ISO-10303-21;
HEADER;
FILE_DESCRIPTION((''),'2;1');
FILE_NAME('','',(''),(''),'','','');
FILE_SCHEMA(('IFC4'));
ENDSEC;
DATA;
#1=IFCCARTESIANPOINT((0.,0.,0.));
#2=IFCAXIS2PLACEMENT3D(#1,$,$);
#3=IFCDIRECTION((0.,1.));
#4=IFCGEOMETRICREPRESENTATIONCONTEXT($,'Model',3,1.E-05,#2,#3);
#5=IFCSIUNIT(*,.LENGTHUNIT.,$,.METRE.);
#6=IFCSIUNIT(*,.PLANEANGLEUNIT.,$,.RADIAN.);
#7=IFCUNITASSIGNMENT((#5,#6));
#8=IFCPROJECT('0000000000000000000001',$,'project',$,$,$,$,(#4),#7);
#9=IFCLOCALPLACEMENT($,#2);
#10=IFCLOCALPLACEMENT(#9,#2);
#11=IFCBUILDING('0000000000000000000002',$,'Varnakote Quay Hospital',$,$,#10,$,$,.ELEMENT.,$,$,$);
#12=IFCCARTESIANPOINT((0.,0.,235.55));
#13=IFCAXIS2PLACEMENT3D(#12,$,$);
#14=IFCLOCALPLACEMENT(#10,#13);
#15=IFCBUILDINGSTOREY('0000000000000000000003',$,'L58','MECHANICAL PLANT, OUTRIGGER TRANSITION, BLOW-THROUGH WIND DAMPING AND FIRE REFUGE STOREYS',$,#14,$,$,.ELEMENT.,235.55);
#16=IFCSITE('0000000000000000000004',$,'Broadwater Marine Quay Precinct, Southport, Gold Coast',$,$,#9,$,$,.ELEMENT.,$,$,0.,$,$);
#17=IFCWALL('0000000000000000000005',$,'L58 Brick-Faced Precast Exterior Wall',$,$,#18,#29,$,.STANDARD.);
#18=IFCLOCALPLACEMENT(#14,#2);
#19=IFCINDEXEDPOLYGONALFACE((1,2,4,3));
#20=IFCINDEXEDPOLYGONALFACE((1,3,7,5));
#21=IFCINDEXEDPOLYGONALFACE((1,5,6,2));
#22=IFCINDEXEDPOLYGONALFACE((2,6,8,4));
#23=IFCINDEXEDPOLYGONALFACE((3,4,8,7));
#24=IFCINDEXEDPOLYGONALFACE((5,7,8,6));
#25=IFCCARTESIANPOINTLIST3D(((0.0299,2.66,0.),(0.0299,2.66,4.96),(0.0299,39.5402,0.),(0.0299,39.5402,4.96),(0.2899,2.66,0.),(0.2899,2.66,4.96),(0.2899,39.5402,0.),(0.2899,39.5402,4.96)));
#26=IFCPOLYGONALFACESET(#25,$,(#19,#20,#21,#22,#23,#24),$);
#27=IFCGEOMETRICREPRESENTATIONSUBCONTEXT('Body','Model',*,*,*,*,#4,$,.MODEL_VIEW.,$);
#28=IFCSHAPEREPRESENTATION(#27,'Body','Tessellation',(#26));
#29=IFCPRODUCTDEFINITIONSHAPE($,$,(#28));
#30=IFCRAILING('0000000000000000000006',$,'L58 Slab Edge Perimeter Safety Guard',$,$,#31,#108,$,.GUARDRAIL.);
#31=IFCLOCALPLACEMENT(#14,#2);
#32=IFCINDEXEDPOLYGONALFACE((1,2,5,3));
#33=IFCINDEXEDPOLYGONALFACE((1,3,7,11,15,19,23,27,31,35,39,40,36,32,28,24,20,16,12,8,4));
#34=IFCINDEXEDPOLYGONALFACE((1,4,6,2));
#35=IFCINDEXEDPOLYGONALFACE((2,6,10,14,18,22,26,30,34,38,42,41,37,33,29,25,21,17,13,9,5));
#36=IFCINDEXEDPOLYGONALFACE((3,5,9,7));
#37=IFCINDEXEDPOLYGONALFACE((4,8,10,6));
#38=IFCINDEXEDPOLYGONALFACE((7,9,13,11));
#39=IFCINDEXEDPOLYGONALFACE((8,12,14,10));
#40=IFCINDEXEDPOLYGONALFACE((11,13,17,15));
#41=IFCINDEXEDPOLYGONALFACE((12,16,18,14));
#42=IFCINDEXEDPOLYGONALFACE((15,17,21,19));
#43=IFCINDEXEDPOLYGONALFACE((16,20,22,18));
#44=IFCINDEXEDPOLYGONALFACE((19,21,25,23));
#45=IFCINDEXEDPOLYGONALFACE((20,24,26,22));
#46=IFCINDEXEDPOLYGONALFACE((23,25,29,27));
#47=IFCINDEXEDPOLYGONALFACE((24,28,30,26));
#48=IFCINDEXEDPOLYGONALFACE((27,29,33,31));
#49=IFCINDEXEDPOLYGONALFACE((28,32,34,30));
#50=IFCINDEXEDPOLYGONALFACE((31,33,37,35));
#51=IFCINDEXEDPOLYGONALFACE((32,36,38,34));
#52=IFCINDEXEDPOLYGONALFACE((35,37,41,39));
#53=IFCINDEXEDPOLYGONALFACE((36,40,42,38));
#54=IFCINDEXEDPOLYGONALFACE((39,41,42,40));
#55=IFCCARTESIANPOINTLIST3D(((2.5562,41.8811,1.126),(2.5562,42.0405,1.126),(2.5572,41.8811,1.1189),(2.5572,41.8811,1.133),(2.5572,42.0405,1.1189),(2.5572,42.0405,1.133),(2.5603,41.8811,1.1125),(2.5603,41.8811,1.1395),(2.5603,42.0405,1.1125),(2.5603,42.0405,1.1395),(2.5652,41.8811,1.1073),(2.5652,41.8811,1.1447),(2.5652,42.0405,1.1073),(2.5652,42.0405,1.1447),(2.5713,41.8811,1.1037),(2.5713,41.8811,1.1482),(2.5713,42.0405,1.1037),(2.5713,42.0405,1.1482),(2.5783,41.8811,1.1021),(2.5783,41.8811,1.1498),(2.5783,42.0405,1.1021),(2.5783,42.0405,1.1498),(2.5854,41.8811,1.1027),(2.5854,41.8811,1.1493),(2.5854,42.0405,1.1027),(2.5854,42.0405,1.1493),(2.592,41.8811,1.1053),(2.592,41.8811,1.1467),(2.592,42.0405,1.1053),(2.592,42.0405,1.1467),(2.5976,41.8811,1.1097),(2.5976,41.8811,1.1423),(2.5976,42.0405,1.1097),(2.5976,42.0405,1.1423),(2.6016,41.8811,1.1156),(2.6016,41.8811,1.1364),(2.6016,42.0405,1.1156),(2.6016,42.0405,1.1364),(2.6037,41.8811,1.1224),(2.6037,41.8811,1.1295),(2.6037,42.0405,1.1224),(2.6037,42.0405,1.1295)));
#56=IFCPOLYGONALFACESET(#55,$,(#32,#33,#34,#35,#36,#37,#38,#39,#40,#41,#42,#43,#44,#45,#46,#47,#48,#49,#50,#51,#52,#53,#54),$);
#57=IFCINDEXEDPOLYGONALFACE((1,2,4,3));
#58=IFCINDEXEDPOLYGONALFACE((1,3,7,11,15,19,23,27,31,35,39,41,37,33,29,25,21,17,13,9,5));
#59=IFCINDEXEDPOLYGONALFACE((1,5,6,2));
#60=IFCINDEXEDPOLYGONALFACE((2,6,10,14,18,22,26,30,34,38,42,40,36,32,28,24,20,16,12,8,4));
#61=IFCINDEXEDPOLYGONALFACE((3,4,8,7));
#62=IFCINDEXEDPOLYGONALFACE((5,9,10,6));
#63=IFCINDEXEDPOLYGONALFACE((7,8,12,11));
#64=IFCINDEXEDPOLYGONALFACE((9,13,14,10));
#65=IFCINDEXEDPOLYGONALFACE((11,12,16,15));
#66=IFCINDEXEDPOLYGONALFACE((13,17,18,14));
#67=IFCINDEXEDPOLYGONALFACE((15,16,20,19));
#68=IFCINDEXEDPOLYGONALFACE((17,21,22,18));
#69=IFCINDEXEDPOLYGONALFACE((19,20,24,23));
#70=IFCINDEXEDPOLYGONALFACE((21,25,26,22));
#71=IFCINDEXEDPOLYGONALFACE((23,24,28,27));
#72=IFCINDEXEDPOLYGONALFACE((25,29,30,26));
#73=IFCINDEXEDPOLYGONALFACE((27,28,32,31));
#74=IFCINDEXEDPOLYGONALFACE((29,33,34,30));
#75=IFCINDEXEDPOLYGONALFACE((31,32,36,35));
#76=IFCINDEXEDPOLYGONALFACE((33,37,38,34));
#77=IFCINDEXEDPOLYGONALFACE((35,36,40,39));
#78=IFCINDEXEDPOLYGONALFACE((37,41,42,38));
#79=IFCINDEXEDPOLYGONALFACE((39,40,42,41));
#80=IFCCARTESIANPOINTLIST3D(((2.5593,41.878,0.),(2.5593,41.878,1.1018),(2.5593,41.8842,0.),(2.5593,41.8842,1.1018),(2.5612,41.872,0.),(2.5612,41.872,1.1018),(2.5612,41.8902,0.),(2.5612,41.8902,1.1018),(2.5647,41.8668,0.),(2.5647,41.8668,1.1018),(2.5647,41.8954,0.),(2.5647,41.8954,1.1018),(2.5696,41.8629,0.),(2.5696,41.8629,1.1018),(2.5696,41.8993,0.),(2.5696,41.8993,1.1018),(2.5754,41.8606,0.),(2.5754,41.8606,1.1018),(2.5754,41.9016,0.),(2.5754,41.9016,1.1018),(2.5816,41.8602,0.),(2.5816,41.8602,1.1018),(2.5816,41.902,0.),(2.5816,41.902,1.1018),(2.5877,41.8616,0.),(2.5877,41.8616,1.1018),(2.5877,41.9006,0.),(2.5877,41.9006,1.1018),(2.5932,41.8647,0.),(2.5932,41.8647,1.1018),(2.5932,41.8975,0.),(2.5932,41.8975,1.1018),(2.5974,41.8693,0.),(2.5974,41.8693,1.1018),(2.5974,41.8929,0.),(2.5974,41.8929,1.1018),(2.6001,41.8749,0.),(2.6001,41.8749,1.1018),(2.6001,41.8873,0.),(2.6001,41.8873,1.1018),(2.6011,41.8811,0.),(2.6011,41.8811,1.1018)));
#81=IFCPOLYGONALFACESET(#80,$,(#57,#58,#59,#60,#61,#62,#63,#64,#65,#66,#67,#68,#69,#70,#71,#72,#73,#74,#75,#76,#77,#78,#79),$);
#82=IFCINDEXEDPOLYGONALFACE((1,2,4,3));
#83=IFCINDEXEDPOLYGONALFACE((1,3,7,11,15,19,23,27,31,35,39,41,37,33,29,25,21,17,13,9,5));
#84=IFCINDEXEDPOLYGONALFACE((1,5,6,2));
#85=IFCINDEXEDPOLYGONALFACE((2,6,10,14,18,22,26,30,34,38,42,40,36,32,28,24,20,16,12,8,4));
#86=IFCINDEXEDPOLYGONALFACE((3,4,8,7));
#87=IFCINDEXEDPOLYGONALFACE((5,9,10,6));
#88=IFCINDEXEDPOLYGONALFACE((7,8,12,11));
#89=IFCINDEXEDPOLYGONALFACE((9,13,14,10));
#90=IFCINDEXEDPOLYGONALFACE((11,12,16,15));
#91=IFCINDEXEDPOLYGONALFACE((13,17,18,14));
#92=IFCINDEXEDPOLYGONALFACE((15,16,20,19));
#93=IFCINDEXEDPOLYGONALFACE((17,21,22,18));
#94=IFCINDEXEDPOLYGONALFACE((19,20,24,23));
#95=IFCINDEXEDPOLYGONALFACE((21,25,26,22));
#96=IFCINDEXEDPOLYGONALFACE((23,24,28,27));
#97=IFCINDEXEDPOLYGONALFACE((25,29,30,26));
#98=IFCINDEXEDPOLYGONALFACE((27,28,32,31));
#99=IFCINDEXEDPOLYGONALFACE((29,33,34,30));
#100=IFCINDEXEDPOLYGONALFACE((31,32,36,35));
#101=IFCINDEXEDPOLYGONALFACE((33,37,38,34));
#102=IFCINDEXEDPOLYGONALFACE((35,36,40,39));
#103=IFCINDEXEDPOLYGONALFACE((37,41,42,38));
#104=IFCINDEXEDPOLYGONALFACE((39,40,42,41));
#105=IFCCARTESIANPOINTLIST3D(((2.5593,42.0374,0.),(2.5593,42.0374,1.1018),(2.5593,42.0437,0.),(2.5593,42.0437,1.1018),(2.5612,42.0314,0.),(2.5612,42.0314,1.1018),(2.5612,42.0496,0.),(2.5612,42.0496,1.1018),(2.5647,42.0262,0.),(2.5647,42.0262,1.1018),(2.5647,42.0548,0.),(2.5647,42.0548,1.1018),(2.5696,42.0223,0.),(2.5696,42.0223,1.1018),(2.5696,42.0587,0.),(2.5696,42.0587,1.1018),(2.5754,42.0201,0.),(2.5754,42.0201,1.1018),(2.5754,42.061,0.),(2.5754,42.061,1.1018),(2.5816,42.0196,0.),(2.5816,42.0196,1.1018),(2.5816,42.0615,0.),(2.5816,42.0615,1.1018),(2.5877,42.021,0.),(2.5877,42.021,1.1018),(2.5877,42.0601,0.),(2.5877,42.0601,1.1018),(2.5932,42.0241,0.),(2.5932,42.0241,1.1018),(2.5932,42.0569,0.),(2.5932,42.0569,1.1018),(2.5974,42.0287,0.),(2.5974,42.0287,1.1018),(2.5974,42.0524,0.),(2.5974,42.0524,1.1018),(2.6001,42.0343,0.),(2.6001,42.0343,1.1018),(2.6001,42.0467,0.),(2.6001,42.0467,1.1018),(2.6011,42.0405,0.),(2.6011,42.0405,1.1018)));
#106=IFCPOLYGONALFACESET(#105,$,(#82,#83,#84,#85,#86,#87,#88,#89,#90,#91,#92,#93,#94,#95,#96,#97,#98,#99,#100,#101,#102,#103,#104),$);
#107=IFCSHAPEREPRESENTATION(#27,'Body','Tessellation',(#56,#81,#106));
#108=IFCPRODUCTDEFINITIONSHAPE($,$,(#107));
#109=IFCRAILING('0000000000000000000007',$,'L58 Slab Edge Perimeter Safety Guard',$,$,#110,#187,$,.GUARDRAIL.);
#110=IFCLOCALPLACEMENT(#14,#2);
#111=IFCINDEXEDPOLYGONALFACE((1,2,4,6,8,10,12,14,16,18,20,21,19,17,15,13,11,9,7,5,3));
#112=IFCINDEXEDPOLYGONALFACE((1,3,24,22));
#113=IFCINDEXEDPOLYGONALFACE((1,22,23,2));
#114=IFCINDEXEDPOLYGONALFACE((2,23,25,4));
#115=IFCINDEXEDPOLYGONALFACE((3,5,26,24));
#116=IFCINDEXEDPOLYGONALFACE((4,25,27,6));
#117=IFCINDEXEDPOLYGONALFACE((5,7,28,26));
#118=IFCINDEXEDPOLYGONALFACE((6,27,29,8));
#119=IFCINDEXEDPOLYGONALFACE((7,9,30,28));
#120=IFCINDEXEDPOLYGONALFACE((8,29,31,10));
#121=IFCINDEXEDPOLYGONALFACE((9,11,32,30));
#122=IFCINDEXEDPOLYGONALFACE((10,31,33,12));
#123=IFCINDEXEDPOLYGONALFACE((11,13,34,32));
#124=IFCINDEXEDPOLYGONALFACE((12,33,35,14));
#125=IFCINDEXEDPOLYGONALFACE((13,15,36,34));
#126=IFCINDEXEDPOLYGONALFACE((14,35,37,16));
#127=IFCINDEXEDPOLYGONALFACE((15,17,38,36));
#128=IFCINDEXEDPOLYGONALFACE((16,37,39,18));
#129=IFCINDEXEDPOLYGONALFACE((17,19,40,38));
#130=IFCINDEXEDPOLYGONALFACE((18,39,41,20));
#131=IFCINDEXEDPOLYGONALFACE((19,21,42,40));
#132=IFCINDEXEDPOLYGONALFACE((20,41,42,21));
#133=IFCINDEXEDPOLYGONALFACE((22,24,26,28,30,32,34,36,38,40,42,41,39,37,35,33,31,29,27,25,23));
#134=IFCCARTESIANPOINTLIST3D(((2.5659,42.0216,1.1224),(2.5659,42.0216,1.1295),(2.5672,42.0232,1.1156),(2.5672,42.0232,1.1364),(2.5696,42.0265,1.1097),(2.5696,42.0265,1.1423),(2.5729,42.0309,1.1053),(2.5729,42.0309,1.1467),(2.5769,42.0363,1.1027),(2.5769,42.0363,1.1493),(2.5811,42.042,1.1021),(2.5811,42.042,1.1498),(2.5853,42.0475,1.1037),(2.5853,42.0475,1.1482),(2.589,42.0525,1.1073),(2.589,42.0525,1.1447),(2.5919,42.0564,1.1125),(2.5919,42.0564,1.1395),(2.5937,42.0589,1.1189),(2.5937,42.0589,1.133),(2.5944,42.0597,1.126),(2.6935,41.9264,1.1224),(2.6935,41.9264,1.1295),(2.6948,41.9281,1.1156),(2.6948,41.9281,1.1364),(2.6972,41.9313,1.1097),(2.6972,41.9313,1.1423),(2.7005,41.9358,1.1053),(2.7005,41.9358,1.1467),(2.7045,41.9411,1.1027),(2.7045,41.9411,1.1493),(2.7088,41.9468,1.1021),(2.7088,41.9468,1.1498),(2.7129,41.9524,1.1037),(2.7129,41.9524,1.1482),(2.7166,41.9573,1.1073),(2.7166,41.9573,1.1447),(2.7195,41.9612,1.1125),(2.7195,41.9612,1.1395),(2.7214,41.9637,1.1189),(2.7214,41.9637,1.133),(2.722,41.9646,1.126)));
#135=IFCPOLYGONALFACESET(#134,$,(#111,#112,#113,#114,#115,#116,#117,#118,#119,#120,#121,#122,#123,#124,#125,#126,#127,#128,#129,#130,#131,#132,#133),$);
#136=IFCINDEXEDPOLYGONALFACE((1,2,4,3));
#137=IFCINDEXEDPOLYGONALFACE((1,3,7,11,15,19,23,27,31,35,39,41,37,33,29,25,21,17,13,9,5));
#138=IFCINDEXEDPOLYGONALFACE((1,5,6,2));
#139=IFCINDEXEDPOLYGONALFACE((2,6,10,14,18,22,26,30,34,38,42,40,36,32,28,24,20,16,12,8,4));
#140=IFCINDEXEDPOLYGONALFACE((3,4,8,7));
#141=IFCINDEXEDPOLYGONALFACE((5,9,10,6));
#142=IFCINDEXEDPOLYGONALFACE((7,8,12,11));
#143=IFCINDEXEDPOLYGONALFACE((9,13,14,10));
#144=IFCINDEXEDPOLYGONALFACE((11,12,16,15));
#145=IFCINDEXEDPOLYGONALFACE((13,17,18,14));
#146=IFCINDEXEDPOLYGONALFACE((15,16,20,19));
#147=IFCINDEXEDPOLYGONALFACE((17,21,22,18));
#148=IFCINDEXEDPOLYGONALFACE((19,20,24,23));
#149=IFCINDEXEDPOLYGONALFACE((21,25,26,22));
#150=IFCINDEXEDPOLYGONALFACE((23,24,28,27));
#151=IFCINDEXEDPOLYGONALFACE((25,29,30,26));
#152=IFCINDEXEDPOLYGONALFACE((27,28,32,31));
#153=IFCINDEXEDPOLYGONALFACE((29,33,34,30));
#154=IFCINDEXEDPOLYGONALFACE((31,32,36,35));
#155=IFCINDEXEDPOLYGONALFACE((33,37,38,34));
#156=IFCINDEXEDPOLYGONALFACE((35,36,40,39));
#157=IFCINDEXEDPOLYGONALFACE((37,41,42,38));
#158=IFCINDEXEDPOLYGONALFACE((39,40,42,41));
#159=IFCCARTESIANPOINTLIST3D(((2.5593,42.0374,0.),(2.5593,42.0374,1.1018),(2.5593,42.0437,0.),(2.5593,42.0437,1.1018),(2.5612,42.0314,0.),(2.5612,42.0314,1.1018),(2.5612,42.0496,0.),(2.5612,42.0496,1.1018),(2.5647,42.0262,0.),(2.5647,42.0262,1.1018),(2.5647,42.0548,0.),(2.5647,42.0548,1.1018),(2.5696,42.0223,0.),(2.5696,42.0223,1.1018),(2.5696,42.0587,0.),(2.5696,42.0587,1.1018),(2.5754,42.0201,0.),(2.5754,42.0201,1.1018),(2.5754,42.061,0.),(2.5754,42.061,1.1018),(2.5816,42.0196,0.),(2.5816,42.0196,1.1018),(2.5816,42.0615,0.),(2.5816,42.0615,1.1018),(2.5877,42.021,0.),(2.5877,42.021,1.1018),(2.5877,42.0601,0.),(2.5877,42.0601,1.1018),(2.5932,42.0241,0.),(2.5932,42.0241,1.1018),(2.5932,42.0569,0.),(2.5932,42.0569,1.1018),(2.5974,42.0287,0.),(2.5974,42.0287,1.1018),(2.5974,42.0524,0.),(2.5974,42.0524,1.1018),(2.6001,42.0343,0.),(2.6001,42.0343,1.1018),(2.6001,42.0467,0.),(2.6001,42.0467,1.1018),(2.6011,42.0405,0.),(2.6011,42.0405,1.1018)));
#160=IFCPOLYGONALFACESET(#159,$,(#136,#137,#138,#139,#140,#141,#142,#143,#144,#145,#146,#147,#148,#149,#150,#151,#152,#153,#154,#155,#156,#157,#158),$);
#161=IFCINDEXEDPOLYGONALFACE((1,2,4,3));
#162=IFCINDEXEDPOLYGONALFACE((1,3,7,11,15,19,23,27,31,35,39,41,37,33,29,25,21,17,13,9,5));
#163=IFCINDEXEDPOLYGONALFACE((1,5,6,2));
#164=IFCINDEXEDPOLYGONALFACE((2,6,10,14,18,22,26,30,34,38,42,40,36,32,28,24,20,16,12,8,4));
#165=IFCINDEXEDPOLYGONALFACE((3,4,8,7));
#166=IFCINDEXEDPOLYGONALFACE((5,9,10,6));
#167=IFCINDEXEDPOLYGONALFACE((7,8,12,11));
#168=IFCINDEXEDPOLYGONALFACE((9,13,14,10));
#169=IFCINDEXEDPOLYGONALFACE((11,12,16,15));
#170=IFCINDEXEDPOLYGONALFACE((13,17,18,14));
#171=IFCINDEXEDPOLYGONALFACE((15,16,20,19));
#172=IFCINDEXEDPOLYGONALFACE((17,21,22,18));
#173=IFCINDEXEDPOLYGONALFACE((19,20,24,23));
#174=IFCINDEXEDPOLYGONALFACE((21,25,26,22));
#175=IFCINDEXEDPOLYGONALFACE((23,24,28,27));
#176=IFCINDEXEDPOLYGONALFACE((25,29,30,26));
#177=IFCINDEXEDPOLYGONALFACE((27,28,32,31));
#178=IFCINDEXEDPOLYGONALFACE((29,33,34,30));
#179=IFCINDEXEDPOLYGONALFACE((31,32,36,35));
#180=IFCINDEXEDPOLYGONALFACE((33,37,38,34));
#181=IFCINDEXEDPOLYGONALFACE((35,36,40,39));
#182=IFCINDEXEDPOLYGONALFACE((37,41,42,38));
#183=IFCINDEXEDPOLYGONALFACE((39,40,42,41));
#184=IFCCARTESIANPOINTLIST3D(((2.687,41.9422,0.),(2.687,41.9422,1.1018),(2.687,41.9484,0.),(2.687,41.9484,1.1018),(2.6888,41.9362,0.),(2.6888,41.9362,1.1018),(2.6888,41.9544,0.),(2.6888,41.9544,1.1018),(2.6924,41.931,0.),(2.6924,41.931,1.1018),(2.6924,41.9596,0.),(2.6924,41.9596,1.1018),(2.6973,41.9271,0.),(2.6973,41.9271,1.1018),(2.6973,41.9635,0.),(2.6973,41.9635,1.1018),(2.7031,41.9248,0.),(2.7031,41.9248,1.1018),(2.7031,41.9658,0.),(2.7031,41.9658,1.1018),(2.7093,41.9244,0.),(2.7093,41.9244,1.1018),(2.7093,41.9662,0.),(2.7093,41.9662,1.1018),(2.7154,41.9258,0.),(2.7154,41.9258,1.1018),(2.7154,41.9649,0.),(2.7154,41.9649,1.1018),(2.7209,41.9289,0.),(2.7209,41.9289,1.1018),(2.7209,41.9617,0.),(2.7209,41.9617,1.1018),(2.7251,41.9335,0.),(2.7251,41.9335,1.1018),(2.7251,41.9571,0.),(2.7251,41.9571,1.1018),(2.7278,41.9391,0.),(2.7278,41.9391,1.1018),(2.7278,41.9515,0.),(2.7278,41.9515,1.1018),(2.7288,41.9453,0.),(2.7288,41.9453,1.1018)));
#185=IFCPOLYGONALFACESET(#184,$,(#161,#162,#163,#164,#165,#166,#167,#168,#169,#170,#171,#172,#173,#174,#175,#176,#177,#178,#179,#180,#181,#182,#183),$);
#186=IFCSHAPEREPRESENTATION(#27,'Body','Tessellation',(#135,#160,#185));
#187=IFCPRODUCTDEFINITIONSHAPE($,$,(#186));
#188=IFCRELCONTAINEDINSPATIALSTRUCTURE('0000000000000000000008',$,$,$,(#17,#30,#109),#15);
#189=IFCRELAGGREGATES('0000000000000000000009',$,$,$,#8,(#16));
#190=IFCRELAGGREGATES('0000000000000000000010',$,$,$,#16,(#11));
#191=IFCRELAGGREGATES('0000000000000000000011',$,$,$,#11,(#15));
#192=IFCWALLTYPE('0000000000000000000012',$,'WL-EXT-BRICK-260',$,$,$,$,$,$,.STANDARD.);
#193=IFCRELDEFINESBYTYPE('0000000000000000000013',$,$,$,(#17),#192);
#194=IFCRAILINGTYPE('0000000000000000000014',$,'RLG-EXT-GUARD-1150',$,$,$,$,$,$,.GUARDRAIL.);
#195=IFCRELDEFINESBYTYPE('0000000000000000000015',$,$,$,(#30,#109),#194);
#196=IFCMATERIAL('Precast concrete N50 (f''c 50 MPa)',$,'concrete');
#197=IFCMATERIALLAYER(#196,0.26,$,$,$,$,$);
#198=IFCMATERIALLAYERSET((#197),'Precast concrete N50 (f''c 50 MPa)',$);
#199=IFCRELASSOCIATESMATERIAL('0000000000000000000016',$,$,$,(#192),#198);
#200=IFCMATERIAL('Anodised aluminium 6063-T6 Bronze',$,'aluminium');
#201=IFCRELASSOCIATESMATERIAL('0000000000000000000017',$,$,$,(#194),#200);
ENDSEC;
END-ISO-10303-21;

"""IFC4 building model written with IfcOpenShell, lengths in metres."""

from ifc_helpers import new_model, si_unit, direction, frame, frame_2d, origin, origin_2d, place, context, subcontext, project, spatial, rectangle, circle, extrude, material, layer, layer_set, type_object, element, save


model = new_model("IFC4")

# Units and contexts
model_context = context("Model", 3, precision=1e-05, world=origin(), true_north=direction((0.0, 1.0)))
body_context = subcontext(model_context, "Body", "Model", "MODEL_VIEW")
ifc_project = project(units=[si_unit("LENGTHUNIT", "METRE"), si_unit("PLANEANGLEUNIT", "RADIAN")], contexts=[model_context])

# Site, building, storey
site_placement = place(None, origin())
site = spatial("IfcSite", under=ifc_project, at=site_placement, Name="Broadwater Marine Quay Precinct, Southport, Gold Coast", CompositionType="ELEMENT", RefElevation=0.0)
building_placement = place(site_placement, origin())
building = spatial("IfcBuilding", under=site, at=building_placement, Name="Varnakote Quay Hospital", CompositionType="ELEMENT")
storey_placement = place(building_placement, frame((0.0, 0.0, 235.55)))
storey = spatial("IfcBuildingStorey", under=building, at=storey_placement, Name="L58", Description="MECHANICAL PLANT, OUTRIGGER TRANSITION, BLOW-THROUGH WIND DAMPING AND FIRE REFUGE STOREYS", CompositionType="ELEMENT", Elevation=235.55)

# Wall
ifc_material_1 = material(Name="Precast concrete N50 (f'c 50 MPa)", Category="concrete")
ifc_layer_1 = layer(ifc_material_1, 0.26)
ifc_layer_set_1 = layer_set([ifc_layer_1], Name="Precast concrete N50 (f'c 50 MPa)")
wall_type = type_object("IfcWallType", Name="WL-EXT-BRICK-260", PredefinedType="STANDARD", material=ifc_layer_set_1)
wall_1_placement = place(storey_placement, frame((0.1599, 39.54, 0.0), z_axis=(0.0, 0.0, 1.0), x_axis=(0.0, -1.0, 0.0)))
element("IfcWall", 1, at=wall_1_placement, inside=storey, type_object=wall_type, Name="L58 Brick-Faced Precast Exterior Wall", PredefinedType="STANDARD", context=body_context, shape_type="SweptSolid", body=[
    extrude(rectangle(XDim=36.8801, YDim=0.26, at=frame_2d((18.4399, 0.0))), origin(), (0.0, 0.0, 1.0), 4.96),
])

# Railings
ifc_material_2 = material(Name="Anodised aluminium 6063-T6 Bronze", Category="aluminium")
railing_type = type_object("IfcRailingType", Name="RLG-EXT-GUARD-1150", PredefinedType="GUARDRAIL", material=ifc_material_2)
railing_1_placement = place(storey_placement, frame((2.5801, 41.8811, 0.0)))
element("IfcRailing", 2, at=railing_1_placement, inside=storey, type_object=railing_type, Name="L58 Slab Edge Perimeter Safety Guard", PredefinedType="GUARDRAIL", context=body_context, shape_type="SweptSolid", body=[
    extrude(circle(Radius=0.0239, at=origin_2d()), frame((0.0, 0.0, 1.126), z_axis=(0.0, 1.0, 0.0), x_axis=(-1.0, 0.0, 0.0)), (0.0, 0.0, 1.0), 0.1594),
    extrude(circle(Radius=0.021, at=origin_2d()), origin(), (0.0, 0.0, 1.0), 1.1018),
    extrude(circle(Radius=0.021, at=origin_2d()), frame((0.0, 0.1594, 0.0)), (0.0, 0.0, 1.0), 1.1018),
])
railing_2_placement = place(storey_placement, frame((2.5801, 42.0405, 0.0)))
element("IfcRailing", 3, at=railing_2_placement, inside=storey, type_object=railing_type, Name="L58 Slab Edge Perimeter Safety Guard", PredefinedType="GUARDRAIL", context=body_context, shape_type="SweptSolid", body=[
    extrude(circle(Radius=0.0239, at=origin_2d()), frame((0.0, 0.0, 1.126), z_axis=(0.801652, -0.59779, 0.0), x_axis=(0.59779, 0.801652, 0.0)), (0.0, 0.0, 1.0), 0.1592),
    extrude(circle(Radius=0.021, at=origin_2d()), origin(), (0.0, 0.0, 1.0), 1.1018),
    extrude(circle(Radius=0.021, at=origin_2d()), frame((0.1277, -0.0952, 0.0)), (0.0, 0.0, 1.0), 1.1018),
])

save(model, "model.ifc")
